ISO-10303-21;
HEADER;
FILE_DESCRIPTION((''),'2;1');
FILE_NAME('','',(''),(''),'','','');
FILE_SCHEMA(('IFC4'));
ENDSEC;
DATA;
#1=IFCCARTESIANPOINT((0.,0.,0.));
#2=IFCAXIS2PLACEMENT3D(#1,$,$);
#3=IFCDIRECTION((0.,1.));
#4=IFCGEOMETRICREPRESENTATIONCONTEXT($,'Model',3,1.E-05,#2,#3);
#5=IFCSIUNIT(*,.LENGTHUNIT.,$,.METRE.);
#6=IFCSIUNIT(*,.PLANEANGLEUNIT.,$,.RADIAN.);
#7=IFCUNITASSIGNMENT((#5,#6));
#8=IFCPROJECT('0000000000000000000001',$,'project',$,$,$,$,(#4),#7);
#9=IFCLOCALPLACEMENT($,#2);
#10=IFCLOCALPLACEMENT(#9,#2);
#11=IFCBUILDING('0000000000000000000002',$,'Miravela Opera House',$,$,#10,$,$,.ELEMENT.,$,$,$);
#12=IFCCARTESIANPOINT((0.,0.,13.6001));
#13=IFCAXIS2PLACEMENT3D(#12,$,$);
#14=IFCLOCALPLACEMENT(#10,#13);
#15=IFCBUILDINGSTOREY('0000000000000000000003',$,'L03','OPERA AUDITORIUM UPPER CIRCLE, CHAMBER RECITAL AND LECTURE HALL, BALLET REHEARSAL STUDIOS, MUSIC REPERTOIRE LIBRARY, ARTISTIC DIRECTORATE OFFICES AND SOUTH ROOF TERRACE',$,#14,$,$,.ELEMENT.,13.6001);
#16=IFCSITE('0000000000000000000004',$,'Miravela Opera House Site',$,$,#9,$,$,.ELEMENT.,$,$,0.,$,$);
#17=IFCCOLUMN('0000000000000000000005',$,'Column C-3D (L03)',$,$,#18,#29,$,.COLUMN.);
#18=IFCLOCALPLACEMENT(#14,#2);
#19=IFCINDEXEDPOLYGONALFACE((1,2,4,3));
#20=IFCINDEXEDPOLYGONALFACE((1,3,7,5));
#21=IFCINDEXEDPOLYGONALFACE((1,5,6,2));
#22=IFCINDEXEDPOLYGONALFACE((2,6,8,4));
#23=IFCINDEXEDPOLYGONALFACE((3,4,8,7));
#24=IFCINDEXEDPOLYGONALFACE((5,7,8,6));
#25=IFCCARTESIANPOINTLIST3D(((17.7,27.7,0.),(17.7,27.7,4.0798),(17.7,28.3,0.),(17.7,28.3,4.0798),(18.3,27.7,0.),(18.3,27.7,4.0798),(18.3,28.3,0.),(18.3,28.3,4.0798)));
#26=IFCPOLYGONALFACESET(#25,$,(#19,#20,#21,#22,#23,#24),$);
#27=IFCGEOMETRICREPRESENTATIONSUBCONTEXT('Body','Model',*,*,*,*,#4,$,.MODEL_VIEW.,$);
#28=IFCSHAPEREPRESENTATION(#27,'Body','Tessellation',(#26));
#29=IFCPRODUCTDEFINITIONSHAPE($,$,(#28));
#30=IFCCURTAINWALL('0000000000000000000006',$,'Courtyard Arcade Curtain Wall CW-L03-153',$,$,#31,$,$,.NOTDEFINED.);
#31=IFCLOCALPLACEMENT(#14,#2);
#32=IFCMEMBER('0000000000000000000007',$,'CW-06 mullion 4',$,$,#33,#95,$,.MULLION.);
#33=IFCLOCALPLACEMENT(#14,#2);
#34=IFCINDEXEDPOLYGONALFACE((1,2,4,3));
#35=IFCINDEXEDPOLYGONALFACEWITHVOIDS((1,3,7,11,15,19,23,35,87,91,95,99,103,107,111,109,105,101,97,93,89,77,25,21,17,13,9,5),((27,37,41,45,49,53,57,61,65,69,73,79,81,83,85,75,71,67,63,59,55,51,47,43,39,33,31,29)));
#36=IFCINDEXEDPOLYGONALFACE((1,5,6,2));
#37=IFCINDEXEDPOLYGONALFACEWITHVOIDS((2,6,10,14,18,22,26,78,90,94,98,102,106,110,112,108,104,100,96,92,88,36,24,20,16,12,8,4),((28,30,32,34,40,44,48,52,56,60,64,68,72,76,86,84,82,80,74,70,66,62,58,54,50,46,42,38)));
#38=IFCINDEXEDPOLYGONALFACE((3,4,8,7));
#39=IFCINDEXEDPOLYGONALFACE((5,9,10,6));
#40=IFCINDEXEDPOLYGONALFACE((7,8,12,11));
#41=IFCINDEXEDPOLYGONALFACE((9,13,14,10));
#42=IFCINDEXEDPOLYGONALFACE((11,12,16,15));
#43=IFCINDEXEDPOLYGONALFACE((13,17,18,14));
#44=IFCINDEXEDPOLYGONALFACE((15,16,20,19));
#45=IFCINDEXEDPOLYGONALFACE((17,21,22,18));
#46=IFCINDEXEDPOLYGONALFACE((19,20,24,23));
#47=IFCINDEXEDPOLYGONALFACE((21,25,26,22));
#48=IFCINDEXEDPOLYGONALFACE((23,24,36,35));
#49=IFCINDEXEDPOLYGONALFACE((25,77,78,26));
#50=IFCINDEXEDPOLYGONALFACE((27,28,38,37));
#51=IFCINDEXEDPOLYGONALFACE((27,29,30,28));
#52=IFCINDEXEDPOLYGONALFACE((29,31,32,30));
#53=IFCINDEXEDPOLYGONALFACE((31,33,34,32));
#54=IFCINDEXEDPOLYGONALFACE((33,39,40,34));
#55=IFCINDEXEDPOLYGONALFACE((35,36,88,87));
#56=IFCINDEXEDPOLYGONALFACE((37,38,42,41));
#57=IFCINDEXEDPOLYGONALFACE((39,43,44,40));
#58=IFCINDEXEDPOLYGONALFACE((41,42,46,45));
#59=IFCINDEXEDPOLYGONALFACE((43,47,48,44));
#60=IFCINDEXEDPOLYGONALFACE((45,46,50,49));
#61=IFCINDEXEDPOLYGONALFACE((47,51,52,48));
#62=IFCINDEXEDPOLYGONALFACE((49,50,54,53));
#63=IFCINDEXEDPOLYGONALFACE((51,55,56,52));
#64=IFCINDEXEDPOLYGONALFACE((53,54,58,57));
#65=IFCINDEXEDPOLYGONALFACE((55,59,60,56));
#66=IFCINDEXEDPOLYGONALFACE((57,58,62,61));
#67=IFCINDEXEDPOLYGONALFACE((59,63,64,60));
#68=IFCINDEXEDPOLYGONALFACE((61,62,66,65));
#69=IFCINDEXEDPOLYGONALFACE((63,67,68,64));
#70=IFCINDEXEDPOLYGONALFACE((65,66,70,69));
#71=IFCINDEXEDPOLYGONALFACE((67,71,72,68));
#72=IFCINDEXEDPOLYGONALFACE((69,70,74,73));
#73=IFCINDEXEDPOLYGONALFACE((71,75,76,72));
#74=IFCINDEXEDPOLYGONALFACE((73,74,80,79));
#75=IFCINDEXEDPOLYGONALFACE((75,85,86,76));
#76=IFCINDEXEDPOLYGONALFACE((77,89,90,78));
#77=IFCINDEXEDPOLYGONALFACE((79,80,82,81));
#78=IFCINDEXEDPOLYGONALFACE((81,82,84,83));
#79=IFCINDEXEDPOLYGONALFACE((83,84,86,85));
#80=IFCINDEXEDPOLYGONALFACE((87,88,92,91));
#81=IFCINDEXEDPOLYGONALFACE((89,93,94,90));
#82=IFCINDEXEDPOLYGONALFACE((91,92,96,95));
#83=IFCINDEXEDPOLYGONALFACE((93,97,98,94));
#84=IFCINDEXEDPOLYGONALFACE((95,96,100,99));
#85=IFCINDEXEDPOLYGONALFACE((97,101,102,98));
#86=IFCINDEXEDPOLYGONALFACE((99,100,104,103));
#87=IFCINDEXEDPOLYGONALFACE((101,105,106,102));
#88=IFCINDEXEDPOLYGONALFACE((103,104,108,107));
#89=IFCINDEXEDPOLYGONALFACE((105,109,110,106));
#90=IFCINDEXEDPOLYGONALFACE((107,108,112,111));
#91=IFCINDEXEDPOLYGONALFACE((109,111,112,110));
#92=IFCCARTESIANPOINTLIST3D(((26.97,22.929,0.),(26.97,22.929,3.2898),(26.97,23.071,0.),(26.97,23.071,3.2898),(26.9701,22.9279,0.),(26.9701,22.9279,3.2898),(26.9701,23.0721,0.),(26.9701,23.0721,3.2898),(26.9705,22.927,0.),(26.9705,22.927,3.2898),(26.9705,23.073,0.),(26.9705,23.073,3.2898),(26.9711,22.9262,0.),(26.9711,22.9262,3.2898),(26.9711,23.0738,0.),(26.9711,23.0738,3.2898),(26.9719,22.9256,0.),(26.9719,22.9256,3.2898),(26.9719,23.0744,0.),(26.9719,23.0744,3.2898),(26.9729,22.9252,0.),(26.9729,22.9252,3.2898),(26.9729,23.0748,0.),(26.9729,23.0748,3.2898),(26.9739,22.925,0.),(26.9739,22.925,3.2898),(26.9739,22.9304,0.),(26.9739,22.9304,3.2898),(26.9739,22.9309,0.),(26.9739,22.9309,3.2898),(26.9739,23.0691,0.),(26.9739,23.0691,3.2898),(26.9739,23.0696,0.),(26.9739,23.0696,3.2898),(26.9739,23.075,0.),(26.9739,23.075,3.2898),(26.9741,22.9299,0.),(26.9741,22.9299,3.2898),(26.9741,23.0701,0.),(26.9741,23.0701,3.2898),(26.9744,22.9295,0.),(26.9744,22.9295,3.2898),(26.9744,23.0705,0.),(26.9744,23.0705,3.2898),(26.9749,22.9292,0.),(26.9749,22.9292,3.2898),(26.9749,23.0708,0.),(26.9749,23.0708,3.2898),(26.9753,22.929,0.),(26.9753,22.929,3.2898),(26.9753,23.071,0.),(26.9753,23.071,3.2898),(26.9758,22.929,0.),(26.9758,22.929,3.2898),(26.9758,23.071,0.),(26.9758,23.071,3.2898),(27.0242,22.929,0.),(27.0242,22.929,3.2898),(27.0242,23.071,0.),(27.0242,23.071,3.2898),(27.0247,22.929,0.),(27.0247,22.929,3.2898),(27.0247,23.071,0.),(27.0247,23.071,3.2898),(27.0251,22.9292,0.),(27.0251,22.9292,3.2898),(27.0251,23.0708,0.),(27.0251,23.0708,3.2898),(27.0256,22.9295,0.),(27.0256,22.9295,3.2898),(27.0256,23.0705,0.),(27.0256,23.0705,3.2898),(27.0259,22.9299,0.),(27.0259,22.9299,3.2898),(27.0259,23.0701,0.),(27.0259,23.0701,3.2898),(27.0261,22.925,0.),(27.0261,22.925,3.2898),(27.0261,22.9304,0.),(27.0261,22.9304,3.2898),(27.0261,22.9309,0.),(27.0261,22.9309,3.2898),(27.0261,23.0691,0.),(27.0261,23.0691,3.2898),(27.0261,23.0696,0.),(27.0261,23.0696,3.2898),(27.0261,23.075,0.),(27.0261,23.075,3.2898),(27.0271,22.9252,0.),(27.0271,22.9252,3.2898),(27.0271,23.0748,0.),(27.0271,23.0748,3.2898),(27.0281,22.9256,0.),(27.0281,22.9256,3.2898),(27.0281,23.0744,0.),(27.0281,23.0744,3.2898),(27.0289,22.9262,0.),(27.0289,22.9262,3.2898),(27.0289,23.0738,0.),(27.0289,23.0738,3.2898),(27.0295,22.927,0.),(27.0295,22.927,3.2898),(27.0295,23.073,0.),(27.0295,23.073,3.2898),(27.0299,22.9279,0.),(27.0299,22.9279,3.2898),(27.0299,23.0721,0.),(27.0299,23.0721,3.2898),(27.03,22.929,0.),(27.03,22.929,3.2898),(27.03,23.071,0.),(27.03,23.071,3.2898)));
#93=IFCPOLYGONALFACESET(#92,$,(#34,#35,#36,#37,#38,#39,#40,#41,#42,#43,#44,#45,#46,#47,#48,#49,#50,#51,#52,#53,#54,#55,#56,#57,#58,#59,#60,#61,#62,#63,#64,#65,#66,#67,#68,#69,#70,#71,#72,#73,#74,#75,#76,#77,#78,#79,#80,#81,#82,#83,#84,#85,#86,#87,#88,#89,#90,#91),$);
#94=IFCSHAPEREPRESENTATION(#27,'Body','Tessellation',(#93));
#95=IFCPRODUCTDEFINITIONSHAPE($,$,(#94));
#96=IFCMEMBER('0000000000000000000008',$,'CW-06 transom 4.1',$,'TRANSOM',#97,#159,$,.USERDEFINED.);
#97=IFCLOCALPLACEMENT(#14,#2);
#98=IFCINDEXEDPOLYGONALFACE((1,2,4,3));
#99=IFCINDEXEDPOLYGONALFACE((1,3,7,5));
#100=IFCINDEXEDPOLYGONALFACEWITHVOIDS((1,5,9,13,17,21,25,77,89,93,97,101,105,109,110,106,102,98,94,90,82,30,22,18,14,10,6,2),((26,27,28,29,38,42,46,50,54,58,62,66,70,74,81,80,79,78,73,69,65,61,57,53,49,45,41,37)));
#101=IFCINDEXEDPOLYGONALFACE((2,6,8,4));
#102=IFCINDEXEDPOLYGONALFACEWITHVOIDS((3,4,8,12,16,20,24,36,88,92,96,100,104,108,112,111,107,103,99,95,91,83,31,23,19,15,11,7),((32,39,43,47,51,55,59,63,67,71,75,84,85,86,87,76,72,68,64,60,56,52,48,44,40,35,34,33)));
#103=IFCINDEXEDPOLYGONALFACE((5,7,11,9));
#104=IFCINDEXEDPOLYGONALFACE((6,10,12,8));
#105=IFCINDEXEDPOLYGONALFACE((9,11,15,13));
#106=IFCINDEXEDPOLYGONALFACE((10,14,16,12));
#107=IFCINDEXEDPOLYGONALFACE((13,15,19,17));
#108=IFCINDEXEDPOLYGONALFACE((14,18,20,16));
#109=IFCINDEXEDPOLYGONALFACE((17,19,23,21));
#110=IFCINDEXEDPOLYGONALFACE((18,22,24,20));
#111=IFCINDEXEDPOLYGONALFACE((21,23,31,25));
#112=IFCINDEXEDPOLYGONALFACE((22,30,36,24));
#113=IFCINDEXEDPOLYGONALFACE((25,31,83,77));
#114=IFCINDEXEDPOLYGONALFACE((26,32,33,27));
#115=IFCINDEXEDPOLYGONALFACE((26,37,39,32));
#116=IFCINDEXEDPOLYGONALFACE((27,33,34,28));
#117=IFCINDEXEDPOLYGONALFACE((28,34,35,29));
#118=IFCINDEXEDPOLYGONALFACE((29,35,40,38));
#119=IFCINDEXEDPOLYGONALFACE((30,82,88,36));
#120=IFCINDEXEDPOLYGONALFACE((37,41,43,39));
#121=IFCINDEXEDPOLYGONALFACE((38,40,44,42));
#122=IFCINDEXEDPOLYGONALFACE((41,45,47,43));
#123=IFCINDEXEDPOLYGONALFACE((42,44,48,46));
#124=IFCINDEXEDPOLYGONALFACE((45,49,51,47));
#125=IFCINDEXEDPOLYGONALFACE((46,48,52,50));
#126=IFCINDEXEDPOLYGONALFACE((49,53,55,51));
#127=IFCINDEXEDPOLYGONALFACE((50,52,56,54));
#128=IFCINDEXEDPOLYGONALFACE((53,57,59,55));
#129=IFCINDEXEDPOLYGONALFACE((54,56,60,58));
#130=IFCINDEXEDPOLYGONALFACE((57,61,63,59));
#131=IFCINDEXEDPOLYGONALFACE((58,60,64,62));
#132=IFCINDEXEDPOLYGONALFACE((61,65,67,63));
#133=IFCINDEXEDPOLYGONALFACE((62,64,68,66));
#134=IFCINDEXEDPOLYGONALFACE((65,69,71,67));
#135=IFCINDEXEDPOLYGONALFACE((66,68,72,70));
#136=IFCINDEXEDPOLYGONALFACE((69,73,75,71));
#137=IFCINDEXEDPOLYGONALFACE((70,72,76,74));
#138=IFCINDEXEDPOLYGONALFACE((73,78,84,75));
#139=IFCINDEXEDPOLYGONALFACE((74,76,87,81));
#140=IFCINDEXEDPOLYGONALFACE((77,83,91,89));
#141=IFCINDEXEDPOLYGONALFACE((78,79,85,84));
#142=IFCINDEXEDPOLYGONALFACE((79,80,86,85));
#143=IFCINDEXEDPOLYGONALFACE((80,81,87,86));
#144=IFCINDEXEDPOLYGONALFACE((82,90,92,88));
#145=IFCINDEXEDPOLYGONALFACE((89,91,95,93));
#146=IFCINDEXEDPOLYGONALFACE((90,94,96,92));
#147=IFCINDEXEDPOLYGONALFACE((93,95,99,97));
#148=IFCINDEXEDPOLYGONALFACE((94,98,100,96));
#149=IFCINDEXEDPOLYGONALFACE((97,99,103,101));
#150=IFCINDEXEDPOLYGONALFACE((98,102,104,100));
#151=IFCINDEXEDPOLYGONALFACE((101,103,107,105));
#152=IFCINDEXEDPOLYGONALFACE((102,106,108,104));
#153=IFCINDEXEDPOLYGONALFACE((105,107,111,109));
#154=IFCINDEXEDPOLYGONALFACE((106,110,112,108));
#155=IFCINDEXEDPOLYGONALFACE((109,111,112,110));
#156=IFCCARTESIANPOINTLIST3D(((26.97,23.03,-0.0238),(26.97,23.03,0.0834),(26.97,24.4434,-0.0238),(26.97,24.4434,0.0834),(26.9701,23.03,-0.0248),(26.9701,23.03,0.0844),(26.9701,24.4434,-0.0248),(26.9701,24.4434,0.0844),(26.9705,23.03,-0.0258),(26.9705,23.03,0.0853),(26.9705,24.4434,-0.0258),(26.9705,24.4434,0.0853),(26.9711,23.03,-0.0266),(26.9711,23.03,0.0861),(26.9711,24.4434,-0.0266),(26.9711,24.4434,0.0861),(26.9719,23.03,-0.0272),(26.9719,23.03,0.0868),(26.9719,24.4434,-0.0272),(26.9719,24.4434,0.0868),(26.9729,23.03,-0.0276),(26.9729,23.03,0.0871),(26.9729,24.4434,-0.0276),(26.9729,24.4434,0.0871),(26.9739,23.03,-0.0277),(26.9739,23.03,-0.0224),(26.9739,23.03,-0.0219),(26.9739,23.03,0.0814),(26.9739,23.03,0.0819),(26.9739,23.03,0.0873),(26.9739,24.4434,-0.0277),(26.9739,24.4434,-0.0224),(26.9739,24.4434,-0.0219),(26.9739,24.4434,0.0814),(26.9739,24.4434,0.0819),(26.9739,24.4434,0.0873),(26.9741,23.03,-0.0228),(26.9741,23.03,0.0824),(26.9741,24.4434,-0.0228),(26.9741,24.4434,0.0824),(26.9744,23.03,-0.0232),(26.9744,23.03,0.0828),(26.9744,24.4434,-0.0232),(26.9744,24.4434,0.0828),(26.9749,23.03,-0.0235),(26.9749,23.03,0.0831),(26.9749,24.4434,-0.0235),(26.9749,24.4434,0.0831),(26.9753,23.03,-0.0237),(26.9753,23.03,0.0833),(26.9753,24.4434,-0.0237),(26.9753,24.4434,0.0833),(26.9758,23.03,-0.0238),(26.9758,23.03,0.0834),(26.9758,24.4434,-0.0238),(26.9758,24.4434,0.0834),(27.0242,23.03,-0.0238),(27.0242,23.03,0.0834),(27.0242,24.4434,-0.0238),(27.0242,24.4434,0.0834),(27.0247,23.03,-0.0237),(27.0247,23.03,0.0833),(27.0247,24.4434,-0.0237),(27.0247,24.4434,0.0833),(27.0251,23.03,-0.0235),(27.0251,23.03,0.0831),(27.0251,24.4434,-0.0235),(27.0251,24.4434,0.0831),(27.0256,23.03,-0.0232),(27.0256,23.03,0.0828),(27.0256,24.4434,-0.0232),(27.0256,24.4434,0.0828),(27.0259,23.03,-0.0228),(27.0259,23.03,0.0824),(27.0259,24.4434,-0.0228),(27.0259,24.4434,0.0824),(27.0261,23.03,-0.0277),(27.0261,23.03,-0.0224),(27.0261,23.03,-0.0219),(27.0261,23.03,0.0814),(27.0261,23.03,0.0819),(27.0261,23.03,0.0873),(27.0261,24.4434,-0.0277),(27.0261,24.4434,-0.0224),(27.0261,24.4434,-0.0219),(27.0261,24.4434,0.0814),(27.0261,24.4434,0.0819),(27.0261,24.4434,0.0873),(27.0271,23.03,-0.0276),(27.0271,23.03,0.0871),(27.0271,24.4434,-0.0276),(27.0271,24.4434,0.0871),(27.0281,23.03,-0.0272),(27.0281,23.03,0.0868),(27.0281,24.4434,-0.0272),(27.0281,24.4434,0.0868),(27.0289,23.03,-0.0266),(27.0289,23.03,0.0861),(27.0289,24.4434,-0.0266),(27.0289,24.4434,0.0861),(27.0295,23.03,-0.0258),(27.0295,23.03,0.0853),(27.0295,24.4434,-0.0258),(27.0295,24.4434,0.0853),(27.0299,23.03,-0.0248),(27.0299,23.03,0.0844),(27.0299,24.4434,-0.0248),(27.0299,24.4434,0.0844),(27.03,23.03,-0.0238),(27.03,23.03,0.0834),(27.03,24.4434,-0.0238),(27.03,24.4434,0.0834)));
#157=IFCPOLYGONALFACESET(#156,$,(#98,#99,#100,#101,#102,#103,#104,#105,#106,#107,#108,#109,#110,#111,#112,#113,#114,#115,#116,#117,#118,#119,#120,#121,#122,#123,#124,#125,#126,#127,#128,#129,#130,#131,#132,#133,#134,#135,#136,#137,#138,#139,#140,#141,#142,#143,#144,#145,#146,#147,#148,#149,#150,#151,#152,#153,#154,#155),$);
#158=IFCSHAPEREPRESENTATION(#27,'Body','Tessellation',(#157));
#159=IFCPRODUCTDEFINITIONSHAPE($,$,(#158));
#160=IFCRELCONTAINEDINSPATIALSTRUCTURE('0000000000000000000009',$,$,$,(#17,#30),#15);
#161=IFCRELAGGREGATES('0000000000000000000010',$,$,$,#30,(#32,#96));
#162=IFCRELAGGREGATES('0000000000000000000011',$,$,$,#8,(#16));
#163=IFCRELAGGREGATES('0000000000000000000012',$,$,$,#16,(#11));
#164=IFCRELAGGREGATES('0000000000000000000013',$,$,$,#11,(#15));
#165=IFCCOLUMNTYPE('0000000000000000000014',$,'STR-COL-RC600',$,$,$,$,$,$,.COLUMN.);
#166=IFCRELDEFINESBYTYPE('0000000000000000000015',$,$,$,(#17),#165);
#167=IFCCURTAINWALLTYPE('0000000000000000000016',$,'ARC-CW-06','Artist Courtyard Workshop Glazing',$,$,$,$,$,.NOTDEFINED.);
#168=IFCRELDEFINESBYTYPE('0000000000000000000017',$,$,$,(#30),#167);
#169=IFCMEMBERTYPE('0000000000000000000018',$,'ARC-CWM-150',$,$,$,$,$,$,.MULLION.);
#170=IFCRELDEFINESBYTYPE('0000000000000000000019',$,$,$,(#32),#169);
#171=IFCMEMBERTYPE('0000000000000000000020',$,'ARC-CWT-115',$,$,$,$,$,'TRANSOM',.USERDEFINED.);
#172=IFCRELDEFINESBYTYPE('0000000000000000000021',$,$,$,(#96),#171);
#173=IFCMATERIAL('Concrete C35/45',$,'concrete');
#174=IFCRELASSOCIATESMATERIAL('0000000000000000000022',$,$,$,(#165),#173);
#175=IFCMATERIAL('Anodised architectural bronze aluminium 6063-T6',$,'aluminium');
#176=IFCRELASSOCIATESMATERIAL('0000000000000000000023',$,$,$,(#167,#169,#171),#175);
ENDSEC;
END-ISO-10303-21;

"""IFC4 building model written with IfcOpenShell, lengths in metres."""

from ifc_helpers import new_model, si_unit, direction, frame, origin, origin_2d, place, context, subcontext, project, spatial, rectangle, hollow_rectangle, extrude, material, material_profile, profile_set, type_object, element, aggregate, save


model = new_model("IFC4")

# Units and contexts
model_context = context("Model", 3, precision=1e-05, world=origin(), true_north=direction((0.0, 1.0)))
body_context = subcontext(model_context, "Body", "Model", "MODEL_VIEW")
ifc_project = project(units=[si_unit("LENGTHUNIT", "METRE"), si_unit("PLANEANGLEUNIT", "RADIAN")], contexts=[model_context])

# Site, building, storey
site_placement = place(None, origin())
site = spatial("IfcSite", under=ifc_project, at=site_placement, Name="Miravela Opera House Site", CompositionType="ELEMENT", RefElevation=0.0)
building_placement = place(site_placement, origin())
building = spatial("IfcBuilding", under=site, at=building_placement, Name="Miravela Opera House", CompositionType="ELEMENT")
storey_placement = place(building_placement, frame((0.0, 0.0, 13.6001)))
storey = spatial("IfcBuildingStorey", under=building, at=storey_placement, Name="L03", Description="OPERA AUDITORIUM UPPER CIRCLE, CHAMBER RECITAL AND LECTURE HALL, BALLET REHEARSAL STUDIOS, MUSIC REPERTOIRE LIBRARY, ARTISTIC DIRECTORATE OFFICES AND SOUTH ROOF TERRACE", CompositionType="ELEMENT", Elevation=13.6001)

# Column
ifc_material_1 = material(Name="Concrete C35/45", Category="concrete")
ifc_material_profile_1 = material_profile(ifc_material_1, rectangle(XDim=0.6001, YDim=0.6001, at=origin_2d()), Name="RC-COL-600X600")
ifc_profile_set_1 = profile_set([ifc_material_profile_1])
column_type = type_object("IfcColumnType", Name="STR-COL-RC600", PredefinedType="COLUMN", material=ifc_profile_set_1)
column_placement = place(storey_placement, frame((18.0, 28.0, 0.0), z_axis=(0.0, 0.0, 1.0), x_axis=(1.0, 0.0, 0.0)))
element("IfcColumn", 1, at=column_placement, inside=storey, type_object=column_type, Name="Column C-3D (L03)", PredefinedType="COLUMN", context=body_context, shape_type="SweptSolid", body=[
    extrude(rectangle(XDim=0.6001, YDim=0.6001, at=origin_2d()), origin(), (0.0, 0.0, 1.0), 4.0798),
])

# Curtain wall, members
ifc_material_2 = material(Name="Anodised architectural bronze aluminium 6063-T6", Category="aluminium")
curtain_wall_type = type_object("IfcCurtainWallType", Name="ARC-CW-06", Description="Artist Courtyard Workshop Glazing", PredefinedType="NOTDEFINED", material=ifc_material_2)
curtain_wall_placement = place(storey_placement, origin())
curtain_wall = element("IfcCurtainWall", 2, at=curtain_wall_placement, inside=storey, type_object=curtain_wall_type, Name="Courtyard Arcade Curtain Wall CW-L03-153", PredefinedType="NOTDEFINED")
ifc_material_profile_2 = material_profile(ifc_material_2, hollow_rectangle(XDim=0.0601, YDim=0.1499, WallThickness=0.0039, InnerFilletRadius=0.002, OuterFilletRadius=0.0039, at=origin_2d()), Name="CWM-60X150")
ifc_profile_set_2 = profile_set([ifc_material_profile_2])
member_type_1 = type_object("IfcMemberType", Name="ARC-CWM-150", PredefinedType="MULLION", material=ifc_profile_set_2)
member_1_placement = place(storey_placement, frame((27.0, 23.0, 0.0), z_axis=(0.0, 0.0, 1.0), x_axis=(-1.0, 0.0, 0.0)))
member_1 = element("IfcMember", 3, at=member_1_placement, type_object=member_type_1, Name="CW-06 mullion 4", PredefinedType="MULLION", context=body_context, shape_type="SweptSolid", body=[
    extrude(hollow_rectangle(XDim=0.0601, YDim=0.1499, WallThickness=0.0039, InnerFilletRadius=0.002, OuterFilletRadius=0.0039, at=origin_2d()), origin(), (0.0, 0.0, 1.0), 3.2898),
])
ifc_material_profile_3 = material_profile(ifc_material_2, hollow_rectangle(XDim=0.0601, YDim=0.115, WallThickness=0.0039, InnerFilletRadius=0.002, OuterFilletRadius=0.0039, at=origin_2d()), Name="CWT-60X115")
ifc_profile_set_3 = profile_set([ifc_material_profile_3])
member_type_2 = type_object("IfcMemberType", Name="ARC-CWT-115", ElementType="TRANSOM", PredefinedType="USERDEFINED", material=ifc_profile_set_3)
member_2_placement = place(storey_placement, frame((27.0, 23.03, 0.0298), z_axis=(0.0, 1.0, 0.0), x_axis=(-1.0, 0.0, 0.0)))
member_2 = element("IfcMember", 4, at=member_2_placement, type_object=member_type_2, Name="CW-06 transom 4.1", ObjectType="TRANSOM", PredefinedType="USERDEFINED", context=body_context, shape_type="SweptSolid", body=[
    extrude(hollow_rectangle(XDim=0.0601, YDim=0.115, WallThickness=0.0039, InnerFilletRadius=0.002, OuterFilletRadius=0.0039, at=origin_2d()), origin(), (0.0, 0.0, 1.0), 1.4133),
])

aggregate(curtain_wall, [member_1, member_2])

save(model, "model.ifc")
